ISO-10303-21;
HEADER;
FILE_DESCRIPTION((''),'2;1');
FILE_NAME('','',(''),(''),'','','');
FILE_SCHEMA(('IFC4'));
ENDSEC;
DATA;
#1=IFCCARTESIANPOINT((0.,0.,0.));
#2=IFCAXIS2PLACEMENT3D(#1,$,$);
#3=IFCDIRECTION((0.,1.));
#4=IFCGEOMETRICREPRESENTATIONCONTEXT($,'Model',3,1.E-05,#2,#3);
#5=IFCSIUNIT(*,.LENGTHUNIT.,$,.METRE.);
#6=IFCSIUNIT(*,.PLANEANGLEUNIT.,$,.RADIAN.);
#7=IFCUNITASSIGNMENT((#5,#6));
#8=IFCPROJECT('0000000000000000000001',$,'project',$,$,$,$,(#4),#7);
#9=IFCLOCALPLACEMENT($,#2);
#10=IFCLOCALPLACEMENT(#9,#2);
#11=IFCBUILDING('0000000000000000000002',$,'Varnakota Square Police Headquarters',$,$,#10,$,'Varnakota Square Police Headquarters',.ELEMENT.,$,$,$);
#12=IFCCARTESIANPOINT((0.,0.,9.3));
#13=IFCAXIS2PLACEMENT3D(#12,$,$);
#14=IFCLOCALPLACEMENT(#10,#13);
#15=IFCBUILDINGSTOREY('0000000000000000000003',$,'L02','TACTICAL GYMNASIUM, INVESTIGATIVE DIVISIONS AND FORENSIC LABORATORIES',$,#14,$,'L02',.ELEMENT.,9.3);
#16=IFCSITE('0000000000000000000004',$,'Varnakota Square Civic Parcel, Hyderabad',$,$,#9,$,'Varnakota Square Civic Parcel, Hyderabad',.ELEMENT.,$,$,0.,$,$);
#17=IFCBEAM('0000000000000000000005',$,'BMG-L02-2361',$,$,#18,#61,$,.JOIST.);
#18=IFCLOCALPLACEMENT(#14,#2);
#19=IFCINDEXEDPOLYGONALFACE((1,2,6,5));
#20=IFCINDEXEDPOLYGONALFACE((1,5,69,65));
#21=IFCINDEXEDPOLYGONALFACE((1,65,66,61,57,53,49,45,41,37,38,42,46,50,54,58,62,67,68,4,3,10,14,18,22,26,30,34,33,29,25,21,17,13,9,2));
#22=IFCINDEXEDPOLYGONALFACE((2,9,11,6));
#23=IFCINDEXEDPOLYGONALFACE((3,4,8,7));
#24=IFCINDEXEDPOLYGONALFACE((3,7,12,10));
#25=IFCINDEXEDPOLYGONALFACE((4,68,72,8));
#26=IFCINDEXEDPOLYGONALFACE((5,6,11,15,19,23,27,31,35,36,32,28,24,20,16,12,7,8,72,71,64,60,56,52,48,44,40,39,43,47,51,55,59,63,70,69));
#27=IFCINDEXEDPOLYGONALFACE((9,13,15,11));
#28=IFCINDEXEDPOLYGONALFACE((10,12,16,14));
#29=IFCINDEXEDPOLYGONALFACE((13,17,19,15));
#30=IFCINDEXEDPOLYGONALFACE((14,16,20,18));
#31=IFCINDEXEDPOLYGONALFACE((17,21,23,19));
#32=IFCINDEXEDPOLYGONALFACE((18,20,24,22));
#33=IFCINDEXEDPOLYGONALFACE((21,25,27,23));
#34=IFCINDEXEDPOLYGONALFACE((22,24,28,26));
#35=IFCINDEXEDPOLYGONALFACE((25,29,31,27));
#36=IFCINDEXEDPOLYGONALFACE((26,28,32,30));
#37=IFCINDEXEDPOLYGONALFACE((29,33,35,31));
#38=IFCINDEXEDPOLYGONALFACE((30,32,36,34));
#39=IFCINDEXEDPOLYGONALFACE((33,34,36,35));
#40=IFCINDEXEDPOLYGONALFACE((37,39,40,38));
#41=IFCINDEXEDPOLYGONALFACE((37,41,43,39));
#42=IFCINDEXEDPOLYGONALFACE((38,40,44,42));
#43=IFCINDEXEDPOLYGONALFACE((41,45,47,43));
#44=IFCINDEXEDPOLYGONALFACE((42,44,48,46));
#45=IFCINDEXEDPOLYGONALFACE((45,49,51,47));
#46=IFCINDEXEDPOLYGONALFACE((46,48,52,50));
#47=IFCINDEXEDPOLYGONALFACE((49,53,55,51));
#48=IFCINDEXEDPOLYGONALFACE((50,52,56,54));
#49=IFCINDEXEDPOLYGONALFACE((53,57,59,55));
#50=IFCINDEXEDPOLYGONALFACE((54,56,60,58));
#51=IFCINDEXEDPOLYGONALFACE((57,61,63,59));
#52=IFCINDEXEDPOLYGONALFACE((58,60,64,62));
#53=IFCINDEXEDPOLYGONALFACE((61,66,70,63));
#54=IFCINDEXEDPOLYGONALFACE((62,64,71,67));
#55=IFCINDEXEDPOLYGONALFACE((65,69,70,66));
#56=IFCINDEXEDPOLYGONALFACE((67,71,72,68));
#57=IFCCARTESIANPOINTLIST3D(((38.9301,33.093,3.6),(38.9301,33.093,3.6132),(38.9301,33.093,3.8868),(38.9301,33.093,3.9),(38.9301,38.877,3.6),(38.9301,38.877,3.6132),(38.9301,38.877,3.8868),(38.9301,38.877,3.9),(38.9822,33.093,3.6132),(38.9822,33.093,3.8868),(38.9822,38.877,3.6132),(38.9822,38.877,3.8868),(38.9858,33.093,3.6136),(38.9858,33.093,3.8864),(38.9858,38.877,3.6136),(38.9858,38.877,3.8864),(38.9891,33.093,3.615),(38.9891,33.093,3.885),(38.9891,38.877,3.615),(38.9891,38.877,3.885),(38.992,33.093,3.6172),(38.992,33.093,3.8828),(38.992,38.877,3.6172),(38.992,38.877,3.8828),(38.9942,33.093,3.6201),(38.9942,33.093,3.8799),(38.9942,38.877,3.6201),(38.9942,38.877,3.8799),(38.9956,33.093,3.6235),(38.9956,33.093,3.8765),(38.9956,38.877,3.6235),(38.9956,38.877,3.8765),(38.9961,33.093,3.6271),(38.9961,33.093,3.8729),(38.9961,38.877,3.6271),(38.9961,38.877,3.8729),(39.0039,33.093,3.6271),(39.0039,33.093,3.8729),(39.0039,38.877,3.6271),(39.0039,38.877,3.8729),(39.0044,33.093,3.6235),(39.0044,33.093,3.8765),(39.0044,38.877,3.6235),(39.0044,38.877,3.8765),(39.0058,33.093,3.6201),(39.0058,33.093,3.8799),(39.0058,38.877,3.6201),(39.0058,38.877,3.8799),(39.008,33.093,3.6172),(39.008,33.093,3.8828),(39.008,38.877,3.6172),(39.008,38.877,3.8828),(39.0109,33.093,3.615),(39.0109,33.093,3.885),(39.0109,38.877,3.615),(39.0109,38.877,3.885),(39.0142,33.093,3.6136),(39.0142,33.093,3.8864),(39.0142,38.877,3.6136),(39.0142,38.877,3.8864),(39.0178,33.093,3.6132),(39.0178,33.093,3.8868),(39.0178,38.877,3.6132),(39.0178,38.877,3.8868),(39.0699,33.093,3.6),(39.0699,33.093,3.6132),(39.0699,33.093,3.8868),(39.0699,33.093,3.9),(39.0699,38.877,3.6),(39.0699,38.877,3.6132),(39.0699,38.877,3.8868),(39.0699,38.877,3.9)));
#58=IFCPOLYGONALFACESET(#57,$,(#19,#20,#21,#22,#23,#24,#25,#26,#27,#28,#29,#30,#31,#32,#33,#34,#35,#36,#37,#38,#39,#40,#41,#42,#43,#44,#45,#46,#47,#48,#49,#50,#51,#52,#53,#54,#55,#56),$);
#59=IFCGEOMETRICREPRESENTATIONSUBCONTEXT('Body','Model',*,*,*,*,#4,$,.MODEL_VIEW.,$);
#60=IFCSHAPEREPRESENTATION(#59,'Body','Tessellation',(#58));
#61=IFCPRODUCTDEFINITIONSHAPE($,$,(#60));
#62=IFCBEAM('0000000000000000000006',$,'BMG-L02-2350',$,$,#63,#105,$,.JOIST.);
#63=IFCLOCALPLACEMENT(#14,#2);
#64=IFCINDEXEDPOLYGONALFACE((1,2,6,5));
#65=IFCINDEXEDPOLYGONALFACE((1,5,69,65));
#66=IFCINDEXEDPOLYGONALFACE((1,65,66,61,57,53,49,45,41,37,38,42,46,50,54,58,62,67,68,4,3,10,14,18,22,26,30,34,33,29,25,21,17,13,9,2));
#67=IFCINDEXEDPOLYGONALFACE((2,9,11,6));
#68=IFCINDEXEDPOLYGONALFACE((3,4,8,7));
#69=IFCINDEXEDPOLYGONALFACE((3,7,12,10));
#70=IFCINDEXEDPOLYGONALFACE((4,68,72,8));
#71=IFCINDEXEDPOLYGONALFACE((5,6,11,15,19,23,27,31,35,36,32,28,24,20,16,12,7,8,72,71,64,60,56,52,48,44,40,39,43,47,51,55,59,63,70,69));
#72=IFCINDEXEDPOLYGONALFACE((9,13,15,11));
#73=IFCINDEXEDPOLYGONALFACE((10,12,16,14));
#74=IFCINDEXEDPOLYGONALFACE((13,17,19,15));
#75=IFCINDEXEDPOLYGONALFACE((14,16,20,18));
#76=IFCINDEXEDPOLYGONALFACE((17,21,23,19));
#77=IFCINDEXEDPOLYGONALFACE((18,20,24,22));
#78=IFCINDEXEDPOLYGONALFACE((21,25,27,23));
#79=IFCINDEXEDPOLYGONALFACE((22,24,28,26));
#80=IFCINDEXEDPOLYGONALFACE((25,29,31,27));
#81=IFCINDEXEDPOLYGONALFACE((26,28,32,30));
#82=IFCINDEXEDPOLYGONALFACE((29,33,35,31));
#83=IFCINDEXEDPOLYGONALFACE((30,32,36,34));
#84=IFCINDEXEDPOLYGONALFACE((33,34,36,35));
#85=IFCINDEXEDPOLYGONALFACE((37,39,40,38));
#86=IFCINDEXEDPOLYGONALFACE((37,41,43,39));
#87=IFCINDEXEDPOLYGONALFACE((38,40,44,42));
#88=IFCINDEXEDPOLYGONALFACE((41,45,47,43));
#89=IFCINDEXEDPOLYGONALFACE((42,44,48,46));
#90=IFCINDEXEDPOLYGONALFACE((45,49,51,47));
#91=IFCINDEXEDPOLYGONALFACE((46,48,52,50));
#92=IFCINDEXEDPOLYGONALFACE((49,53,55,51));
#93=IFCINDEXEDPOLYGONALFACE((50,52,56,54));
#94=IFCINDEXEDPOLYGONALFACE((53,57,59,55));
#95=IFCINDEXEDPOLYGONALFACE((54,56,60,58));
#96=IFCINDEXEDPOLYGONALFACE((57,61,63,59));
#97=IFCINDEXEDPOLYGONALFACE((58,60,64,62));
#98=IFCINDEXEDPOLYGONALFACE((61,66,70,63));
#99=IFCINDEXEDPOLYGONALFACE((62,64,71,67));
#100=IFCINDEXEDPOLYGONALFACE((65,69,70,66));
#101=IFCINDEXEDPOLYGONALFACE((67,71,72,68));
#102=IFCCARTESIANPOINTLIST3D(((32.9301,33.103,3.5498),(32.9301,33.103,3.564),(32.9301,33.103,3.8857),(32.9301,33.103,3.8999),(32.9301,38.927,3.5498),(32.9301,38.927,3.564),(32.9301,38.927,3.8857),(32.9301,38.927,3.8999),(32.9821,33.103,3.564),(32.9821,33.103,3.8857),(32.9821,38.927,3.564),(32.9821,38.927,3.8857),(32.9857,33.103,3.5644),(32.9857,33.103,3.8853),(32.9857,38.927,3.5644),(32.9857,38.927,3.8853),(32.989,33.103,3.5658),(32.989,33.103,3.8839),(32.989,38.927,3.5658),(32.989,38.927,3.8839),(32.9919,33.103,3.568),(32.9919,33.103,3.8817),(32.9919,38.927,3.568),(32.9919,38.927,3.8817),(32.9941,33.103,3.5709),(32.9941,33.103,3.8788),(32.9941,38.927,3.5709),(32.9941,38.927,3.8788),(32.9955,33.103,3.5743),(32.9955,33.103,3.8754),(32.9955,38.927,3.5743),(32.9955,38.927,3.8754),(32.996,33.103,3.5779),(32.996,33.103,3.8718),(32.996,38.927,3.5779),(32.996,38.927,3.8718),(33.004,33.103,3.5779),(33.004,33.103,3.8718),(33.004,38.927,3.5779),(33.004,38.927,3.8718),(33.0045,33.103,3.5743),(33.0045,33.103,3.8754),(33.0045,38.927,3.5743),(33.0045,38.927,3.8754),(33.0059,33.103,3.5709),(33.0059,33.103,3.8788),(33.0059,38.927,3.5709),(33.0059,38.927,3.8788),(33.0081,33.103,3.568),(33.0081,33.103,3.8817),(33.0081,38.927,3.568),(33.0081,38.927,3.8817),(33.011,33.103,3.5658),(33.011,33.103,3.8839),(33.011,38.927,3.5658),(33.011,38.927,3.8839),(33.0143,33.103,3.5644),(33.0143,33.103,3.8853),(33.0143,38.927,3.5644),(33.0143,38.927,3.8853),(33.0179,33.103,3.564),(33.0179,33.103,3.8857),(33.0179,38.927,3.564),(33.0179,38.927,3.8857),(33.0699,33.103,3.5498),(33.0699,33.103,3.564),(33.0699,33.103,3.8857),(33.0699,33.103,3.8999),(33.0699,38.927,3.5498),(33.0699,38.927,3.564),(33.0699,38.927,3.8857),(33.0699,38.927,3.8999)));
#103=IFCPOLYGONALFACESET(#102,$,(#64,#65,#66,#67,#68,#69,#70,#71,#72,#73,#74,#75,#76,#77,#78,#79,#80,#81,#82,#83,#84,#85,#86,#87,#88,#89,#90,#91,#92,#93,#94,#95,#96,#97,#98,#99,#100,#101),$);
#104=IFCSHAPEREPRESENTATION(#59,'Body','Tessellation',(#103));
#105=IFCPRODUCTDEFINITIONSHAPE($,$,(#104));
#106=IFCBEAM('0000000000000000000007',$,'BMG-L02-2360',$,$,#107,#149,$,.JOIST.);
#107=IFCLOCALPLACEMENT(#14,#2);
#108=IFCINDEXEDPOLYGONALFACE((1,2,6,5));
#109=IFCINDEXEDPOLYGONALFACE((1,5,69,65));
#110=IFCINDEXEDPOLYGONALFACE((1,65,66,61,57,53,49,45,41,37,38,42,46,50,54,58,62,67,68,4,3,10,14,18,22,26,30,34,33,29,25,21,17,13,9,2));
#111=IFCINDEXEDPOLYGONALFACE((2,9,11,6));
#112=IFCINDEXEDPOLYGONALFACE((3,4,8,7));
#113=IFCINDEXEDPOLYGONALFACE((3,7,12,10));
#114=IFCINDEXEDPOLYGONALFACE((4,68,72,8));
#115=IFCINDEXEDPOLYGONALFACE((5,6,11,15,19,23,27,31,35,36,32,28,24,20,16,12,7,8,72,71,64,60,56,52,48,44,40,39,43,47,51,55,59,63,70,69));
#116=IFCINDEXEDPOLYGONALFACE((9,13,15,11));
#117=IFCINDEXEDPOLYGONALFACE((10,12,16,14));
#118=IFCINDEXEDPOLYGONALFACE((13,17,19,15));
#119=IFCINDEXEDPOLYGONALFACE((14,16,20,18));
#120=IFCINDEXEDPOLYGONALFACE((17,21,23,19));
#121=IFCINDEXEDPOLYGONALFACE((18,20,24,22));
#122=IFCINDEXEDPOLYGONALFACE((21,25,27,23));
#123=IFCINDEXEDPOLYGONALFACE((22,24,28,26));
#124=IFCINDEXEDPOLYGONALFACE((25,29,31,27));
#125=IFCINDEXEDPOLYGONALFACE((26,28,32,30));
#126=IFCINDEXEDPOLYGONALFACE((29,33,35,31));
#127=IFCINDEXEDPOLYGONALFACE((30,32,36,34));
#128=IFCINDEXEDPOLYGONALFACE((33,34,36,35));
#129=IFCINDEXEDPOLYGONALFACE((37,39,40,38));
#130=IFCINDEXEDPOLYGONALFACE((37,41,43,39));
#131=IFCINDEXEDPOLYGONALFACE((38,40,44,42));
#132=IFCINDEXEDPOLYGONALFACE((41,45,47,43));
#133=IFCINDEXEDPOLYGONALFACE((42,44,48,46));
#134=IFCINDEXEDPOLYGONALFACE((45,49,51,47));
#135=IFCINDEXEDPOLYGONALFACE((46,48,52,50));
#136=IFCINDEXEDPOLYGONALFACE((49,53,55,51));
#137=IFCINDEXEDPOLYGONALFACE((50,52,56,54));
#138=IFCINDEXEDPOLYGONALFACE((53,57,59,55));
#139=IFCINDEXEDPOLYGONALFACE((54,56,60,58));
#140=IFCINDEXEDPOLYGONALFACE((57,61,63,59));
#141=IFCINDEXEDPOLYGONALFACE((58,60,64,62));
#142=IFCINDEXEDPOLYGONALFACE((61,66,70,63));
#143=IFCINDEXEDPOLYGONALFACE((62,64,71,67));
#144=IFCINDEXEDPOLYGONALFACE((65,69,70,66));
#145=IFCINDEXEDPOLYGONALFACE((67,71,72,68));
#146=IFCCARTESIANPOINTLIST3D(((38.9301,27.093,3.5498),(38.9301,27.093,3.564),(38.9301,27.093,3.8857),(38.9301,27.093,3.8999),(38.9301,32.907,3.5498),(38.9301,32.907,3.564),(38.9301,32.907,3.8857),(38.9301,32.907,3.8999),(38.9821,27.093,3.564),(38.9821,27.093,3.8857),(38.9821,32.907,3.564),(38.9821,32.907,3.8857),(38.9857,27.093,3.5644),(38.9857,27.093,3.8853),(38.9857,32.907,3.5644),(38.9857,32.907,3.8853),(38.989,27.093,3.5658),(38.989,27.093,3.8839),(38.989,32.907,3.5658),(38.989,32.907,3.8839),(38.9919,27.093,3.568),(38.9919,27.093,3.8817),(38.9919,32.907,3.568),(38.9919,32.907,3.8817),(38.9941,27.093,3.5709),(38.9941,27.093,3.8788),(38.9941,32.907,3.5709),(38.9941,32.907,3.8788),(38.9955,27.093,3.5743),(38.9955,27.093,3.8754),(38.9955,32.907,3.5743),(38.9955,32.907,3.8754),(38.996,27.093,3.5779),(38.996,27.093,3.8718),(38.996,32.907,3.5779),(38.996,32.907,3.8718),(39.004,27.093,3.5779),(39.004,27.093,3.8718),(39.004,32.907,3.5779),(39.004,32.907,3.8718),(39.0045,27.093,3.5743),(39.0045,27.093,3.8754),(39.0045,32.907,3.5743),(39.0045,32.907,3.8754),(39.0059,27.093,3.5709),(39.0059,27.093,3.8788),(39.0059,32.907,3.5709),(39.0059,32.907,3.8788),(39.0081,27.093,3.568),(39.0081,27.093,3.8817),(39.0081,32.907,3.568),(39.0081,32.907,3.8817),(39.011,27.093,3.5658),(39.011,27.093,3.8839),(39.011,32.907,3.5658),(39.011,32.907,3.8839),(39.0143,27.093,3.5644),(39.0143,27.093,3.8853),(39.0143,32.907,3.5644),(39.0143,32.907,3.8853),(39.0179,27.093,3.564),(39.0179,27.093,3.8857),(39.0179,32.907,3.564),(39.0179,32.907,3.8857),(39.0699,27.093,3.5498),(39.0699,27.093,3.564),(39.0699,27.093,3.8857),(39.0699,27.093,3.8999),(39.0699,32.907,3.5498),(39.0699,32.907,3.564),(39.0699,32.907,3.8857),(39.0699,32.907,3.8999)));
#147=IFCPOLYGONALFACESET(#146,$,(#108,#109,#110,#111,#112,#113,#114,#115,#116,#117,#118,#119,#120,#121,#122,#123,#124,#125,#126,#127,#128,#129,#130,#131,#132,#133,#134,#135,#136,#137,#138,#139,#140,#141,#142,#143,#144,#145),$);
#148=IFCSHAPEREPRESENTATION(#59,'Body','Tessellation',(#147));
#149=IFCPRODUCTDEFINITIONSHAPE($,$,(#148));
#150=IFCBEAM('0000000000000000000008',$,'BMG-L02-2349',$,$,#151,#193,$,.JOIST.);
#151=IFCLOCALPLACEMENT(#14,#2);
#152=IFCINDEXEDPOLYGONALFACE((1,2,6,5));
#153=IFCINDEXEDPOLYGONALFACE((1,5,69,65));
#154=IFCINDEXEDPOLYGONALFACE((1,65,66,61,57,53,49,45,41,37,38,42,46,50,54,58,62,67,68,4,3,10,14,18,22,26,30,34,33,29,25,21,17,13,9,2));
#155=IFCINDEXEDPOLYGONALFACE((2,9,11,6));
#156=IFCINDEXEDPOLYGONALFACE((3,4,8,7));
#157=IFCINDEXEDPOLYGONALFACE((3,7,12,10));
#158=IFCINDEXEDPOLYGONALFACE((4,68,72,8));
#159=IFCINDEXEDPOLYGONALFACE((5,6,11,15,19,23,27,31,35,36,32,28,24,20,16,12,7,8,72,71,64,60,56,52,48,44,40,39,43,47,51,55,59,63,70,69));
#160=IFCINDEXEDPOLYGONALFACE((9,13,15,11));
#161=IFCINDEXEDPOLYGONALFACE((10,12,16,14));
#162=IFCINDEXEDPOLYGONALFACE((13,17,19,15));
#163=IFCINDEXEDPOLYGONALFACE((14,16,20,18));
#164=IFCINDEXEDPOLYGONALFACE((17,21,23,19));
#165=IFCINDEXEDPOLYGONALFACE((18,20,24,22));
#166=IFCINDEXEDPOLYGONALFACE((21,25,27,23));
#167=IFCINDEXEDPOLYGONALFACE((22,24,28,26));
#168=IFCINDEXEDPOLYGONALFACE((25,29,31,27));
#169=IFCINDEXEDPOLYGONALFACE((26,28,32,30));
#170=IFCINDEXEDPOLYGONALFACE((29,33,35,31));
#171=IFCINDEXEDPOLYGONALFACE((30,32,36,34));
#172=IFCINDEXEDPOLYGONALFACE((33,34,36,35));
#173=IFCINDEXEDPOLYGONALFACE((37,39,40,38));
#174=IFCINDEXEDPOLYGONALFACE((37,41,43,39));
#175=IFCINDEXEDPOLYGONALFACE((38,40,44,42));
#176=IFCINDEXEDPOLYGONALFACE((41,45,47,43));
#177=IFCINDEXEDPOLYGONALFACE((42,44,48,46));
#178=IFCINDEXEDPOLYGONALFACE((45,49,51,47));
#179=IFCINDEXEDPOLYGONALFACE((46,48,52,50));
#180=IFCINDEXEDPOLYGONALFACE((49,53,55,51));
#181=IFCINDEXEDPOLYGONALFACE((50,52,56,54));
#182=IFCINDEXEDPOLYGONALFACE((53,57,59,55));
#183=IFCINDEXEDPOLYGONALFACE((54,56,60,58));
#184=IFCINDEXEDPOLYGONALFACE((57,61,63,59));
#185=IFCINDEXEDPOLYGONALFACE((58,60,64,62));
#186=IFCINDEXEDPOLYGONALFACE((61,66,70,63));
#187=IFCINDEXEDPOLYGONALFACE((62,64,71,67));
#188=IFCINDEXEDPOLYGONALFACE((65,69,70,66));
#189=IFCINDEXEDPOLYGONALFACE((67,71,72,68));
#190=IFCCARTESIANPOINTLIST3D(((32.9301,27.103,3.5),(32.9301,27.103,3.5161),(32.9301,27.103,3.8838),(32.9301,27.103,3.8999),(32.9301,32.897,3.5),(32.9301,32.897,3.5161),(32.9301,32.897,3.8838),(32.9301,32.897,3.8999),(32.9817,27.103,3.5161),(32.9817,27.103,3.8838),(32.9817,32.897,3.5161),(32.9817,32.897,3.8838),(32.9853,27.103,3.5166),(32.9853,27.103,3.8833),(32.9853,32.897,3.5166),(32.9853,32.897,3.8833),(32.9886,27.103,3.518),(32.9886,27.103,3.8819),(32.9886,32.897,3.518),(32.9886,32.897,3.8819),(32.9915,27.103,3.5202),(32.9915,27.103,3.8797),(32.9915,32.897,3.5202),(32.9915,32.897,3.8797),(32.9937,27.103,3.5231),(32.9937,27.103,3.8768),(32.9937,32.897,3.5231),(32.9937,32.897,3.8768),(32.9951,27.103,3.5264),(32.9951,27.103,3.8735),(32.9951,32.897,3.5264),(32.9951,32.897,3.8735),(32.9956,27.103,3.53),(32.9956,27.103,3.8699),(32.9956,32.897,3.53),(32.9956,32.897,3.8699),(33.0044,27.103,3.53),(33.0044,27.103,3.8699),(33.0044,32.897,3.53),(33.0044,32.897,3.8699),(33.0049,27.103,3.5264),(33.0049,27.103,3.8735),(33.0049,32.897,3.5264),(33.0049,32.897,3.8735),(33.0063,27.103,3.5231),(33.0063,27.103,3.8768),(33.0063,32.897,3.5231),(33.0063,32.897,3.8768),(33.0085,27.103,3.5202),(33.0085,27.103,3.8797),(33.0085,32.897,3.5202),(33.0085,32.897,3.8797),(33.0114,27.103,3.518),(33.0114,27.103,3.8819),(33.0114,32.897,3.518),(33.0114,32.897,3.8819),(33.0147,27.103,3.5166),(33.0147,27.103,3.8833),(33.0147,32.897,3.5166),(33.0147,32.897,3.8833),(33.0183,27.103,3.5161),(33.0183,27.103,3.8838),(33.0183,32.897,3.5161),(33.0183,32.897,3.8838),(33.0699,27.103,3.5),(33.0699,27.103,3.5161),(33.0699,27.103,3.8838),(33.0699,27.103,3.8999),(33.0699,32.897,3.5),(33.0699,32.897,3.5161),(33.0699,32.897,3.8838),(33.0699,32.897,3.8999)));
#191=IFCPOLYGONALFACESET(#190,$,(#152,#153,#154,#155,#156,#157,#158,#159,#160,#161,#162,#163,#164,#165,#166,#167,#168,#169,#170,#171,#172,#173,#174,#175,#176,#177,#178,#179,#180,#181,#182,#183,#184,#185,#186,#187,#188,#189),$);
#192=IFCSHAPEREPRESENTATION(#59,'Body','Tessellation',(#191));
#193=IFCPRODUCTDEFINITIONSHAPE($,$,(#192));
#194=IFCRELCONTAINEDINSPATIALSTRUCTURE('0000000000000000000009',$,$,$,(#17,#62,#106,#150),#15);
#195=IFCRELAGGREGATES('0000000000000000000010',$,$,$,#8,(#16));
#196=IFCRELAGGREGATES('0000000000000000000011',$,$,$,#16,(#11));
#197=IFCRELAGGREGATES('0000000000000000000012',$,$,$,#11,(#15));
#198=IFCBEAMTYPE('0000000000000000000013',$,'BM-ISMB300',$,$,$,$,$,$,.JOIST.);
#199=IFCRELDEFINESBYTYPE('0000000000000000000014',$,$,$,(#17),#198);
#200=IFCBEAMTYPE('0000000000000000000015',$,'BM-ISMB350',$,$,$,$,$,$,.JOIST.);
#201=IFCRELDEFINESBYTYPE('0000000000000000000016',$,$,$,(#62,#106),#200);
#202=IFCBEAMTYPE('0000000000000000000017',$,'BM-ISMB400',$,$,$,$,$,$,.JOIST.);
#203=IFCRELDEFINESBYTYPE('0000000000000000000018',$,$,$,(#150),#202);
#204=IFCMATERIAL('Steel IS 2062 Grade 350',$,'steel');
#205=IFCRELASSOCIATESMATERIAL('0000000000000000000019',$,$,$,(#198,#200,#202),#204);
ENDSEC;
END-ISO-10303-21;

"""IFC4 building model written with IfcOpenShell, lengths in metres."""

from ifc_helpers import new_model, si_unit, direction, frame, origin, origin_2d, place, context, subcontext, project, spatial, i_section, extrude, material, material_profile, profile_set, type_object, element, save


model = new_model("IFC4")

# Units and contexts
model_context = context("Model", 3, precision=1e-05, world=origin(), true_north=direction((0.0, 1.0)))
body_context = subcontext(model_context, "Body", "Model", "MODEL_VIEW")
ifc_project = project(units=[si_unit("LENGTHUNIT", "METRE"), si_unit("PLANEANGLEUNIT", "RADIAN")], contexts=[model_context])

# Site, building, storey
site_placement = place(None, origin())
site = spatial("IfcSite", under=ifc_project, at=site_placement, Name="Varnakota Square Civic Parcel, Hyderabad", LongName="Varnakota Square Civic Parcel, Hyderabad", CompositionType="ELEMENT", RefElevation=0.0)
building_placement = place(site_placement, origin())
building = spatial("IfcBuilding", under=site, at=building_placement, Name="Varnakota Square Police Headquarters", LongName="Varnakota Square Police Headquarters", CompositionType="ELEMENT")
storey_placement = place(building_placement, frame((0.0, 0.0, 9.3)))
storey = spatial("IfcBuildingStorey", under=building, at=storey_placement, Name="L02", Description="TACTICAL GYMNASIUM, INVESTIGATIVE DIVISIONS AND FORENSIC LABORATORIES", LongName="L02", CompositionType="ELEMENT", Elevation=9.3)

# Shared definitions
ifc_material_1 = material(Name="Steel IS 2062 Grade 350", Category="steel")

# Beams
ifc_material_profile_1 = material_profile(ifc_material_1, i_section(OverallWidth=0.1399, OverallDepth=0.3, WebThickness=0.0078, FlangeThickness=0.0132, FilletRadius=0.0139, at=origin_2d()), Name="ISMB 300")
ifc_profile_set_1 = profile_set([ifc_material_profile_1], Name="Steel IS 2062 Grade 350")
beam_type_1 = type_object("IfcBeamType", Name="BM-ISMB300", PredefinedType="JOIST", material=ifc_profile_set_1)
beam_1_placement = place(storey_placement, frame((39.0, 33.093, 3.75), z_axis=(0.0, 1.0, 0.0), x_axis=(-1.0, 0.0, 0.0)))
element("IfcBeam", 1, at=beam_1_placement, inside=storey, type_object=beam_type_1, Name="BMG-L02-2361", PredefinedType="JOIST", context=body_context, shape_type="SweptSolid", body=[
    extrude(i_section(OverallWidth=0.1399, OverallDepth=0.3, WebThickness=0.0078, FlangeThickness=0.0132, FilletRadius=0.0139, at=origin_2d()), origin(), (0.0, 0.0, 1.0), 5.7839),
])
ifc_material_profile_2 = material_profile(ifc_material_1, i_section(OverallWidth=0.1399, OverallDepth=0.3501, WebThickness=0.0081, FlangeThickness=0.0142, FilletRadius=0.0139, at=origin_2d()), Name="ISMB 350")
ifc_profile_set_2 = profile_set([ifc_material_profile_2], Name="Steel IS 2062 Grade 350")
beam_type_2 = type_object("IfcBeamType", Name="BM-ISMB350", PredefinedType="JOIST", material=ifc_profile_set_2)
beam_2_placement = place(storey_placement, frame((33.0, 33.103, 3.7249), z_axis=(0.0, 1.0, 0.0), x_axis=(-1.0, 0.0, 0.0)))
element("IfcBeam", 2, at=beam_2_placement, inside=storey, type_object=beam_type_2, Name="BMG-L02-2350", PredefinedType="JOIST", context=body_context, shape_type="SweptSolid", body=[
    extrude(i_section(OverallWidth=0.1399, OverallDepth=0.3501, WebThickness=0.0081, FlangeThickness=0.0142, FilletRadius=0.0139, at=origin_2d()), origin(), (0.0, 0.0, 1.0), 5.824),
])
beam_3_placement = place(storey_placement, frame((39.0, 27.093, 3.7249), z_axis=(0.0, 1.0, 0.0), x_axis=(-1.0, 0.0, 0.0)))
element("IfcBeam", 3, at=beam_3_placement, inside=storey, type_object=beam_type_2, Name="BMG-L02-2360", PredefinedType="JOIST", context=body_context, shape_type="SweptSolid", body=[
    extrude(i_section(OverallWidth=0.1399, OverallDepth=0.3501, WebThickness=0.0081, FlangeThickness=0.0142, FilletRadius=0.0139, at=origin_2d()), origin(), (0.0, 0.0, 1.0), 5.814),
])
ifc_material_profile_3 = material_profile(ifc_material_1, i_section(OverallWidth=0.1399, OverallDepth=0.3999, WebThickness=0.0088, FlangeThickness=0.0161, FilletRadius=0.0139, at=origin_2d()), Name="ISMB 400")
ifc_profile_set_3 = profile_set([ifc_material_profile_3], Name="Steel IS 2062 Grade 350")
beam_type_3 = type_object("IfcBeamType", Name="BM-ISMB400", PredefinedType="JOIST", material=ifc_profile_set_3)
beam_4_placement = place(storey_placement, frame((33.0, 27.103, 3.7), z_axis=(0.0, 1.0, 0.0), x_axis=(-1.0, 0.0, 0.0)))
element("IfcBeam", 4, at=beam_4_placement, inside=storey, type_object=beam_type_3, Name="BMG-L02-2349", PredefinedType="JOIST", context=body_context, shape_type="SweptSolid", body=[
    extrude(i_section(OverallWidth=0.1399, OverallDepth=0.3999, WebThickness=0.0088, FlangeThickness=0.0161, FilletRadius=0.0139, at=origin_2d()), origin(), (0.0, 0.0, 1.0), 5.7939),
])

save(model, "model.ifc")
